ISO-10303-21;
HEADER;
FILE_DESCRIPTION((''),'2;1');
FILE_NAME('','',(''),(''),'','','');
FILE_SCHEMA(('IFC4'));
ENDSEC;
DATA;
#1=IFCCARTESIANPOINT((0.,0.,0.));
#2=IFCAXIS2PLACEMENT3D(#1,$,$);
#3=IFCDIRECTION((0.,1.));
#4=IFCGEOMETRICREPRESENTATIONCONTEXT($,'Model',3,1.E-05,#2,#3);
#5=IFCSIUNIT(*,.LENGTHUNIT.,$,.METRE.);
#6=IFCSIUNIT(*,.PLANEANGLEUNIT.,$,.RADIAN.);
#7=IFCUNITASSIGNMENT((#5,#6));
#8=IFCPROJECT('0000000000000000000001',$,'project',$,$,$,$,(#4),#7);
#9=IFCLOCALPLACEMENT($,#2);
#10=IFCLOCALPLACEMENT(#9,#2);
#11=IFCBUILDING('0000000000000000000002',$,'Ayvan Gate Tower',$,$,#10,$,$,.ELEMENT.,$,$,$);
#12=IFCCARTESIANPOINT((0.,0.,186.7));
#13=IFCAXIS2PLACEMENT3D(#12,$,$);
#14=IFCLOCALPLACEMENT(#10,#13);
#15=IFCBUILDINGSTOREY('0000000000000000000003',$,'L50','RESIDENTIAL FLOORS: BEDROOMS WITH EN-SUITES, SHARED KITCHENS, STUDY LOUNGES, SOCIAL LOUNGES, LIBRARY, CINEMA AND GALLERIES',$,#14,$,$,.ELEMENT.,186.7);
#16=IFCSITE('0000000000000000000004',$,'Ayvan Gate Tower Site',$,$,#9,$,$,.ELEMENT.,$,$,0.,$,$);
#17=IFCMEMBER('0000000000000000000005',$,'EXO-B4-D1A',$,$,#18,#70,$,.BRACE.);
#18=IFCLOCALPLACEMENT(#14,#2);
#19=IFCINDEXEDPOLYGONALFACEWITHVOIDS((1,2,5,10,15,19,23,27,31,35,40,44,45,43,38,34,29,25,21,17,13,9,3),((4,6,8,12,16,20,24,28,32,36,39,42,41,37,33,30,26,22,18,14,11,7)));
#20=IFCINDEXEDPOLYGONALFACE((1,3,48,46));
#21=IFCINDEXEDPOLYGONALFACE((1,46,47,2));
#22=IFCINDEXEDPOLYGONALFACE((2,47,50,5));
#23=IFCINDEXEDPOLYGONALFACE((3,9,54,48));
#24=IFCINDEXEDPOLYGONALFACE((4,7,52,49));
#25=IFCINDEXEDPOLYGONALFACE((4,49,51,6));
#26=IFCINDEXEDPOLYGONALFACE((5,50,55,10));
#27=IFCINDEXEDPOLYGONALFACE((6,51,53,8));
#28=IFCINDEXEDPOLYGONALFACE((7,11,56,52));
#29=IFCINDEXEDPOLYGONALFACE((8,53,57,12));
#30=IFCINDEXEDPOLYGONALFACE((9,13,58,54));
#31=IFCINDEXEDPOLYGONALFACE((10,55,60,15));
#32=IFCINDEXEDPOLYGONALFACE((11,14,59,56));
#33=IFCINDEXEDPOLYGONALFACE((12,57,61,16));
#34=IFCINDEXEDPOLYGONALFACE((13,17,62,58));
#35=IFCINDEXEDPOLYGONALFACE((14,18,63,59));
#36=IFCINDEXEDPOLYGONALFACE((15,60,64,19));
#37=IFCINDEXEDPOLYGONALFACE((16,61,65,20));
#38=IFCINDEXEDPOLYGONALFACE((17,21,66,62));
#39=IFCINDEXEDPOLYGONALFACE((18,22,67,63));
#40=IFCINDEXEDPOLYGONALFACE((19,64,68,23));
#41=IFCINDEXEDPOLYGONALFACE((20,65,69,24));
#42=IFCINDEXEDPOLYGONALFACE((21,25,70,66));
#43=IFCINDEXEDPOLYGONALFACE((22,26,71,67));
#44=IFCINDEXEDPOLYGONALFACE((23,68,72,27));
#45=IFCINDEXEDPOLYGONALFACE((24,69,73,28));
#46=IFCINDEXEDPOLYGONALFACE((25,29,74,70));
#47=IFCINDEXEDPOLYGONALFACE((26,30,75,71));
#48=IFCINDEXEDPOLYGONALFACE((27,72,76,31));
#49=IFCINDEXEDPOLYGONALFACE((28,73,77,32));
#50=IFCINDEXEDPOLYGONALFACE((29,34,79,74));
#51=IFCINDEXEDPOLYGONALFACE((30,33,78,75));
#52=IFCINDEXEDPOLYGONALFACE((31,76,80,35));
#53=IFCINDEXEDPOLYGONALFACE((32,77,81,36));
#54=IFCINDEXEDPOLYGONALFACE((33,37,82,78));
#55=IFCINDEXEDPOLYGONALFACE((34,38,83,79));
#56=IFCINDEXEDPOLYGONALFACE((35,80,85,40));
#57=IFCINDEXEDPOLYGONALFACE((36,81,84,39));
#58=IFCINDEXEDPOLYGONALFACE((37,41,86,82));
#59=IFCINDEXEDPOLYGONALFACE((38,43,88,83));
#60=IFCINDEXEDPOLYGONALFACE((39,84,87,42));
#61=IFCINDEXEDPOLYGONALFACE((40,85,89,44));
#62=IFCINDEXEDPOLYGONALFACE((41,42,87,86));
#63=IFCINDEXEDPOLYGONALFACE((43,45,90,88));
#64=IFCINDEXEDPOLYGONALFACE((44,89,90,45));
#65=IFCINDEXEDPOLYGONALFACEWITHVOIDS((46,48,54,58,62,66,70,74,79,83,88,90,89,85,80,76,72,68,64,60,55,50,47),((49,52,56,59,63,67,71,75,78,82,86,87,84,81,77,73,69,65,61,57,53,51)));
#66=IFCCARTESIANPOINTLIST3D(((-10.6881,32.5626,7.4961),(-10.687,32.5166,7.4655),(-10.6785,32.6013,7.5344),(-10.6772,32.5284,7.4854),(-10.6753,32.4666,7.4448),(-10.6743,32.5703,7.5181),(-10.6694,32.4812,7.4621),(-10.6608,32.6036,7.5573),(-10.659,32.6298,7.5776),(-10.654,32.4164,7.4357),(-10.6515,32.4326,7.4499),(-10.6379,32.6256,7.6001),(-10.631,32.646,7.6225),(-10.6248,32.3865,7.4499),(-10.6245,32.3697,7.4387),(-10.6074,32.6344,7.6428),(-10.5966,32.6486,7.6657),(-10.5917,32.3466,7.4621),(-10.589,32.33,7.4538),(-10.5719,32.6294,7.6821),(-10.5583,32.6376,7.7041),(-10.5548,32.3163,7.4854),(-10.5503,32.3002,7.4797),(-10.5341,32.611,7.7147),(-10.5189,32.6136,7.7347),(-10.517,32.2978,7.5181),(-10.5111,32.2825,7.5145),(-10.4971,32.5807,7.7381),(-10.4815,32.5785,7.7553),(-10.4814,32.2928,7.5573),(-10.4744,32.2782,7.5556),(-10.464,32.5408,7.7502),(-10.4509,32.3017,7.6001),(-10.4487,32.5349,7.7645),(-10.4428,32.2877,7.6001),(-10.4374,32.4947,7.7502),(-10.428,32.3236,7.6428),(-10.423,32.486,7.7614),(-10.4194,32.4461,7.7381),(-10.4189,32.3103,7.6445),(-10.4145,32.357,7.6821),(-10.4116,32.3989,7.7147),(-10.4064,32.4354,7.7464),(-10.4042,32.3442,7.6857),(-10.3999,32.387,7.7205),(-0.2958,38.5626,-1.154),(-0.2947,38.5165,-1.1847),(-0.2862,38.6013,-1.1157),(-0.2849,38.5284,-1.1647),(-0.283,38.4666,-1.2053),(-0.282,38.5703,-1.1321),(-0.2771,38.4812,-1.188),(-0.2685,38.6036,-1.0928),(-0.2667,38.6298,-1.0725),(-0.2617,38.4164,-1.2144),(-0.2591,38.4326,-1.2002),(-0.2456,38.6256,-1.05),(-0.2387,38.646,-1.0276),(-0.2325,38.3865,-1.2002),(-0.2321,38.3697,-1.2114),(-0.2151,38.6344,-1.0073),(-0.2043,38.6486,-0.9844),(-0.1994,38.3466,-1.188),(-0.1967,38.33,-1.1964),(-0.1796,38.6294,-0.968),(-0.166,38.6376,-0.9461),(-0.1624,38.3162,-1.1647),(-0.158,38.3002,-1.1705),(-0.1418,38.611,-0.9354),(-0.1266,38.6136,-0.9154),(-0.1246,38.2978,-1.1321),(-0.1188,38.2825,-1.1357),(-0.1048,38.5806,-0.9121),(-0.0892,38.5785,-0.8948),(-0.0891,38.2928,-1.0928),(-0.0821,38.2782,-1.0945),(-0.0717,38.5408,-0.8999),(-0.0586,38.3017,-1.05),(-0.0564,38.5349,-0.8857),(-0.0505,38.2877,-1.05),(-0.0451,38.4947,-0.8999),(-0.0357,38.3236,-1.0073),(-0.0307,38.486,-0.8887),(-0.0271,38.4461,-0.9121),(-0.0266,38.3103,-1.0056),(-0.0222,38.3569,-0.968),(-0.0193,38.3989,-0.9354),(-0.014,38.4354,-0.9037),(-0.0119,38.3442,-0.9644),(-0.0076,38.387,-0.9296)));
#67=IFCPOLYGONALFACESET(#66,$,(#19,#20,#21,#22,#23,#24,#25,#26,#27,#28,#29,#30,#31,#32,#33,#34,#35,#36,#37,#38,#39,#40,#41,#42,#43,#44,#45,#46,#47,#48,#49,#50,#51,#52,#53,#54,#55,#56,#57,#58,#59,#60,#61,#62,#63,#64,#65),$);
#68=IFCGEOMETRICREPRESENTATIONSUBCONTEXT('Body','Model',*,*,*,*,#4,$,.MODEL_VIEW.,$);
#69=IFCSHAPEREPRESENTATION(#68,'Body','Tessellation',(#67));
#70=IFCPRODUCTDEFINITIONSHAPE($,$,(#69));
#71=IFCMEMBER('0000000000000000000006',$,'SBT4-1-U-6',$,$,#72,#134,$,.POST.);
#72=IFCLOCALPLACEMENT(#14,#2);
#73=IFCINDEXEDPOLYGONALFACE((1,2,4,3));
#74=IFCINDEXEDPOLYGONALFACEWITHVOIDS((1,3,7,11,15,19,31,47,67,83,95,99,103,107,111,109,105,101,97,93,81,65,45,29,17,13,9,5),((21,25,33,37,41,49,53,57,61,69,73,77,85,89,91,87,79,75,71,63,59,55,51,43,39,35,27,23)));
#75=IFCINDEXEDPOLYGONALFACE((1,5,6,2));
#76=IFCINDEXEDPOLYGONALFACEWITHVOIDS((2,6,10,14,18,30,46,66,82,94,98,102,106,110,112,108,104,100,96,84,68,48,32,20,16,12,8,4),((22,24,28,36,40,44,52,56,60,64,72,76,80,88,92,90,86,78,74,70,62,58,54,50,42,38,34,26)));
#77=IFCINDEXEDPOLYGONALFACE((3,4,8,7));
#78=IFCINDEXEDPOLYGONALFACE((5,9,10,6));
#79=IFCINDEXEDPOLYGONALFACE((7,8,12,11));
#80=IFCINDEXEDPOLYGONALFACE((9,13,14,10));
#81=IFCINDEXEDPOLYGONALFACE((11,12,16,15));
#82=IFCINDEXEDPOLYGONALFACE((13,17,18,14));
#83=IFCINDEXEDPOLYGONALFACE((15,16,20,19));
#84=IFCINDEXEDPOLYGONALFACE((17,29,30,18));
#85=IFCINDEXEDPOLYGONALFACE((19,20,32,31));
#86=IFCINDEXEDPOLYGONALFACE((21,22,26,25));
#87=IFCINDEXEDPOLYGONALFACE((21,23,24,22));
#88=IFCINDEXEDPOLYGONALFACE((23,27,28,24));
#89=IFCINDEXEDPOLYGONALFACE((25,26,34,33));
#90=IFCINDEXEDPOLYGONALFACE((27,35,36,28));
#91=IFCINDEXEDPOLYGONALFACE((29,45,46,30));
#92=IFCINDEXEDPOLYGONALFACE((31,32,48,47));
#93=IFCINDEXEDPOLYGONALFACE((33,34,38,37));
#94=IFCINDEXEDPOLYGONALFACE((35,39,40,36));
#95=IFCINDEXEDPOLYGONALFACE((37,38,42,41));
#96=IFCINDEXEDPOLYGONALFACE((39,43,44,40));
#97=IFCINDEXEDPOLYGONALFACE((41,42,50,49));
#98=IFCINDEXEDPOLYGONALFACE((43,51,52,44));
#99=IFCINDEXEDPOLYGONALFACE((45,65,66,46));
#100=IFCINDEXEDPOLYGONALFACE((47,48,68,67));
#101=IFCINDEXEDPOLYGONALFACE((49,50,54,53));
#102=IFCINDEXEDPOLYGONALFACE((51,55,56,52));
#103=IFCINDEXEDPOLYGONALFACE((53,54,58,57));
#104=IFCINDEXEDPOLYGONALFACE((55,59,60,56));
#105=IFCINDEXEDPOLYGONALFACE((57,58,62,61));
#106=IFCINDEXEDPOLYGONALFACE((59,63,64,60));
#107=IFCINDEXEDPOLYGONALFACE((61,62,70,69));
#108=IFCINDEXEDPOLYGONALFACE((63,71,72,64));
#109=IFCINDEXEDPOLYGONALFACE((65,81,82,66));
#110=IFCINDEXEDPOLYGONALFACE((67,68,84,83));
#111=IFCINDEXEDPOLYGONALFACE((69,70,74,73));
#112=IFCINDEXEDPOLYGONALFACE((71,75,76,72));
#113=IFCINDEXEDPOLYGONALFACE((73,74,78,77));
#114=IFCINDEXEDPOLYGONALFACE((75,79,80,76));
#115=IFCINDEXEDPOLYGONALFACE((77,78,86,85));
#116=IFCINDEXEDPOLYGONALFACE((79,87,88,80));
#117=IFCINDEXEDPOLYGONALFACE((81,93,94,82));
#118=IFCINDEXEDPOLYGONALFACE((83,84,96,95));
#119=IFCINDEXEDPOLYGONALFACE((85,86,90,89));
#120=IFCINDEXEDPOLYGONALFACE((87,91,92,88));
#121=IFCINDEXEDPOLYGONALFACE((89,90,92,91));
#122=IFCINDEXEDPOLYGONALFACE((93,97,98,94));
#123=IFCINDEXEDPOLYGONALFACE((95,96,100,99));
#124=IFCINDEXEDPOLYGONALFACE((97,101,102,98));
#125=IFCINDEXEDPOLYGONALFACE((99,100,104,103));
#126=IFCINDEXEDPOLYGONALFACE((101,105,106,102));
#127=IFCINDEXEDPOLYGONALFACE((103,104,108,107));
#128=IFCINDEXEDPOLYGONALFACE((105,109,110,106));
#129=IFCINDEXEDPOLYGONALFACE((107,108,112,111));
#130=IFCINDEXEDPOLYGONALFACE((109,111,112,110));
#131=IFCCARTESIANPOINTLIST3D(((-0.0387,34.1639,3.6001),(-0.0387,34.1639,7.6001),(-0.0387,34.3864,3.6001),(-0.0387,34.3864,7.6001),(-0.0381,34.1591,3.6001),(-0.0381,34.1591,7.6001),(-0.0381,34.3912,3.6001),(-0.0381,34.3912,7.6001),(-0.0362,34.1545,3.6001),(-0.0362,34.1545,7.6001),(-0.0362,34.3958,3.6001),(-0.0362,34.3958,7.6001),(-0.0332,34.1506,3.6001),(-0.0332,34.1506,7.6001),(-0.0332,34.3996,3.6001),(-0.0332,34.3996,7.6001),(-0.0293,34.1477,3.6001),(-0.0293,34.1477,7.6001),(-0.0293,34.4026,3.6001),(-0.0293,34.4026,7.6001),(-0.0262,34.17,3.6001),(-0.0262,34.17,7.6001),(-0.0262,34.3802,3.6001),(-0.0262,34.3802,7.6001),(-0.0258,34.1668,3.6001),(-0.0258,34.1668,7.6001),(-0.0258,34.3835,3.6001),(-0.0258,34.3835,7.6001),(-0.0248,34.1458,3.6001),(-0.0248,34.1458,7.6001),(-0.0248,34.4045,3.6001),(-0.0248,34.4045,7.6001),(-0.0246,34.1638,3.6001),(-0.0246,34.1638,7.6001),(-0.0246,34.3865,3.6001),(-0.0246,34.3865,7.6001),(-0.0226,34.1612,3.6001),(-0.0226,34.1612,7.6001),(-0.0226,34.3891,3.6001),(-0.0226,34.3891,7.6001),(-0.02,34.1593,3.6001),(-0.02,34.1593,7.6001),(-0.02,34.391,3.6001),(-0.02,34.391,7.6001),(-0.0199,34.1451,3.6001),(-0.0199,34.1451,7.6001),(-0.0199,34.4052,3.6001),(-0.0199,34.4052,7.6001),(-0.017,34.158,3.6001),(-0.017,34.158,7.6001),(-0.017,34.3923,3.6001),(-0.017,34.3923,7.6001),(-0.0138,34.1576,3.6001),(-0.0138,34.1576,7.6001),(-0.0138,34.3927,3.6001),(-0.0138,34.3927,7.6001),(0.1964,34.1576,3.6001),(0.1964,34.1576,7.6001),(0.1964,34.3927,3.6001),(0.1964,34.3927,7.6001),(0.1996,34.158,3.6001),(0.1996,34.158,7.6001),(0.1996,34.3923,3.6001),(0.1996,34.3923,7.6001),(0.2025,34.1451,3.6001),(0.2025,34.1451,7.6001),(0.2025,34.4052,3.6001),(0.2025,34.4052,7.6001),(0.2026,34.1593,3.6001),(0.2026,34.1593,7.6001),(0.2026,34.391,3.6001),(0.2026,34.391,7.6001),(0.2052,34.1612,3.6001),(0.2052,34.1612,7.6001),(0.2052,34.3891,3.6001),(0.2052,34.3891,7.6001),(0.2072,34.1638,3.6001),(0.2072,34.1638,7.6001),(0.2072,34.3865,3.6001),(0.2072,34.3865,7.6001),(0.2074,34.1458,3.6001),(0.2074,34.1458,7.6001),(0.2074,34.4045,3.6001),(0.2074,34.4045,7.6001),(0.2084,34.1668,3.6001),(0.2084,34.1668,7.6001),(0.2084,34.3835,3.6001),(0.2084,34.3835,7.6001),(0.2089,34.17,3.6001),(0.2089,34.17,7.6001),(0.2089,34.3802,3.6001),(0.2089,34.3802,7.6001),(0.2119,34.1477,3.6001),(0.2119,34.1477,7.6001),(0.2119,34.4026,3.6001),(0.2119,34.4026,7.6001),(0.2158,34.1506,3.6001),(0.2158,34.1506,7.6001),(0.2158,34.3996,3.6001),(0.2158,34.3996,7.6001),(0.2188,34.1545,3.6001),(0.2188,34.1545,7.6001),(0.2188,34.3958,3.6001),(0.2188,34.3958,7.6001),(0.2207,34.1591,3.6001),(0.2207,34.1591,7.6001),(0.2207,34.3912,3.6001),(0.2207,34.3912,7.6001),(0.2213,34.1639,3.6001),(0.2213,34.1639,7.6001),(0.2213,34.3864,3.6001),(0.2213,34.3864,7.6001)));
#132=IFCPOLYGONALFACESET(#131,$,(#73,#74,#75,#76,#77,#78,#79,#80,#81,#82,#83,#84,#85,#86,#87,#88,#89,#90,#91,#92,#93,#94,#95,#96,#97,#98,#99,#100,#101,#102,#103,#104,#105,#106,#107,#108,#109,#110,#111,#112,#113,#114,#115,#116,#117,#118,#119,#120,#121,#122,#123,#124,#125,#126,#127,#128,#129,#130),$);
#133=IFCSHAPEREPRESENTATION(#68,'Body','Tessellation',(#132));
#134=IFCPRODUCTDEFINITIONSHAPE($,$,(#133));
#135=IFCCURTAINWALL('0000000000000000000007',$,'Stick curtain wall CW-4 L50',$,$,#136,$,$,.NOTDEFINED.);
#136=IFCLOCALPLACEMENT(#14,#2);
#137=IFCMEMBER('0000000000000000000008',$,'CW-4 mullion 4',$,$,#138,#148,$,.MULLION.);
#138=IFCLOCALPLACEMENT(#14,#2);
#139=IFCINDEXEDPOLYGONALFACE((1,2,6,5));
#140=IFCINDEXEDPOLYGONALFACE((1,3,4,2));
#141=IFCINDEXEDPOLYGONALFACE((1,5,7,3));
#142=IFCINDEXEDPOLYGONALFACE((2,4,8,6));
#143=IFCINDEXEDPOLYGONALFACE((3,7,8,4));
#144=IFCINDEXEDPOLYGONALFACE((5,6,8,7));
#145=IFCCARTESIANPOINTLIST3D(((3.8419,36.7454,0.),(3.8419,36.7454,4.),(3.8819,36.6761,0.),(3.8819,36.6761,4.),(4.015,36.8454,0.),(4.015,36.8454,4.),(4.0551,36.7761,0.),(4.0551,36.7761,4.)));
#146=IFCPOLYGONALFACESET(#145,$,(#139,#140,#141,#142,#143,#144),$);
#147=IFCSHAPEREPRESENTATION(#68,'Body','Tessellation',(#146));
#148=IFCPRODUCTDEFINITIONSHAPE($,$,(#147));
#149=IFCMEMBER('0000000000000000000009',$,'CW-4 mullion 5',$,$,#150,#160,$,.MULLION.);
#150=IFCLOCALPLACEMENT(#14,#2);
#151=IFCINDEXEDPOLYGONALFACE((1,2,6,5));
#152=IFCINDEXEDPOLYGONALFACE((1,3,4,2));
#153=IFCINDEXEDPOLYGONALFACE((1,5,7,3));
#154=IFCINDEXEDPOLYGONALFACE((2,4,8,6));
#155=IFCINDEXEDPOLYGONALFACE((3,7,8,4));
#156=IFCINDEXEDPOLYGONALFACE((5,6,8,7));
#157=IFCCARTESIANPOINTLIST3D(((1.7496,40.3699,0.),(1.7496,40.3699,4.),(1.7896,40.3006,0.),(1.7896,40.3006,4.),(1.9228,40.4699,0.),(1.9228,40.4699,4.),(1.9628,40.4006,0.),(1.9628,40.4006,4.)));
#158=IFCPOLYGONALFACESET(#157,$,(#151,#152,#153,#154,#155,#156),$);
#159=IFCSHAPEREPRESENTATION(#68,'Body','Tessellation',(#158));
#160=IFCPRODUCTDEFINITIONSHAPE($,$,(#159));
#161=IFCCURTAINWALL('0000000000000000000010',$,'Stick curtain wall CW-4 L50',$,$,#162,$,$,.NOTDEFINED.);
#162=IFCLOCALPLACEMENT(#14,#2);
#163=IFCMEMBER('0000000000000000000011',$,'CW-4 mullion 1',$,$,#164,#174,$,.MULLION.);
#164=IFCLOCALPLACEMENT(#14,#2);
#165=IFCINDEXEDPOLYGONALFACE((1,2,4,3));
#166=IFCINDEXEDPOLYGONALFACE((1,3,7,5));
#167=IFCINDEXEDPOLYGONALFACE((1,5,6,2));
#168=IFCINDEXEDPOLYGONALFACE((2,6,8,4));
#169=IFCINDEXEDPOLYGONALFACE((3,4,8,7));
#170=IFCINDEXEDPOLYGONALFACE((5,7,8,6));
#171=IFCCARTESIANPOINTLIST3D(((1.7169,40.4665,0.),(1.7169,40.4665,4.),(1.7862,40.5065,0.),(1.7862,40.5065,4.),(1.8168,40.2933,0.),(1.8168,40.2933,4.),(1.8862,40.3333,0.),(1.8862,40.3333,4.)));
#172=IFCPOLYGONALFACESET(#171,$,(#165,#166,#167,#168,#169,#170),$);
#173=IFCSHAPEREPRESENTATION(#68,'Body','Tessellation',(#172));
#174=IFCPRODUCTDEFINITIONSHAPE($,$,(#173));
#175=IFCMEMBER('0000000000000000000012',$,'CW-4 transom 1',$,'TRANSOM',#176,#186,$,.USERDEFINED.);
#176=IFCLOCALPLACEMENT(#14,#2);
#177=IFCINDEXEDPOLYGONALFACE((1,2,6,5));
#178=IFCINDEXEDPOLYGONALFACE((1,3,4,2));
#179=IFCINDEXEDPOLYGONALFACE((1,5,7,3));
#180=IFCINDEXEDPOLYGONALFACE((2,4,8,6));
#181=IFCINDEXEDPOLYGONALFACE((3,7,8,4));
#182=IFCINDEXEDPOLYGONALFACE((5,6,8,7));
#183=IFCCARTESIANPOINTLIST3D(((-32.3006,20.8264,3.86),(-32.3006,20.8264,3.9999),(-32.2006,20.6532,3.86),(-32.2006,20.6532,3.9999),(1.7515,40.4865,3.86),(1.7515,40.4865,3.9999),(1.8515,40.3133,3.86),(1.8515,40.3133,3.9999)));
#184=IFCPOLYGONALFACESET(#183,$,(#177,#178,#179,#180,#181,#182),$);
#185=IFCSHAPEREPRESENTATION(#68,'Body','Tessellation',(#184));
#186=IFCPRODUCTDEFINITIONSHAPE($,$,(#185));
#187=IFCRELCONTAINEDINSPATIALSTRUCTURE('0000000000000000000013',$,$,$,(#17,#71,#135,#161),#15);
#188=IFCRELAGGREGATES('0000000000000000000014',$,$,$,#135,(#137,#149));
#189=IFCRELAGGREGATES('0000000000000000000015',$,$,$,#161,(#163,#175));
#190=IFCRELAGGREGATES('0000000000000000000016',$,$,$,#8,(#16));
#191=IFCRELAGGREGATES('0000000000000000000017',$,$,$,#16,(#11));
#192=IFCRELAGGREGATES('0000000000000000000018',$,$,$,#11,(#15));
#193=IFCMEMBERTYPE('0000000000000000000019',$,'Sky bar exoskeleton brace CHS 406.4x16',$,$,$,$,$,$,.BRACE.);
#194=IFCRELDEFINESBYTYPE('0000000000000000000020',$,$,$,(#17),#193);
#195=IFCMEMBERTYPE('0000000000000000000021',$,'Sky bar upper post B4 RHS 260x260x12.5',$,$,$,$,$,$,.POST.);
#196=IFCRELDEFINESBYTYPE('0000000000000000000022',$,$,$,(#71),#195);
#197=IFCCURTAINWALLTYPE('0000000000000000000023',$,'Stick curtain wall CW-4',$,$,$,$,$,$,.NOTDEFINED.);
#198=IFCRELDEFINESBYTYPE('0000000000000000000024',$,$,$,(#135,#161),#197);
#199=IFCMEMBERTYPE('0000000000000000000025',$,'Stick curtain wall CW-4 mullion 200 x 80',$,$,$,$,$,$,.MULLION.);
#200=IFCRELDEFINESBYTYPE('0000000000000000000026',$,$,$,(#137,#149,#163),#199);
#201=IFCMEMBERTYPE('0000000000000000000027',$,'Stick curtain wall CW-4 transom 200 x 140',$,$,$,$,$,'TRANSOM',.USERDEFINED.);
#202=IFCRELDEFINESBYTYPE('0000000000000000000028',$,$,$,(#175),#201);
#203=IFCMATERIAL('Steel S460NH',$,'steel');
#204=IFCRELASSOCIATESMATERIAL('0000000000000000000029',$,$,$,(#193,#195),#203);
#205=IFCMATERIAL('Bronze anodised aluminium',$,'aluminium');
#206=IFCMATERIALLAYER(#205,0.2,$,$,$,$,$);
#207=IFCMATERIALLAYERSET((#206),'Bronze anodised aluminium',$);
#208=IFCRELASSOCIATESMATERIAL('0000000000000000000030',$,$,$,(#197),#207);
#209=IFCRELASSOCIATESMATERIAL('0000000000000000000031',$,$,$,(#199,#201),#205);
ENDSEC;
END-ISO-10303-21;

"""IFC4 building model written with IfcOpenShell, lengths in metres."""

from ifc_helpers import new_model, si_unit, direction, frame, origin, origin_2d, place, context, subcontext, project, spatial, rectangle, hollow_rectangle, hollow_circle, extrude, material, layer, layer_set, material_profile, profile_set, type_object, element, aggregate, save


model = new_model("IFC4")

# Units and contexts
model_context = context("Model", 3, precision=1e-05, world=origin(), true_north=direction((0.0, 1.0)))
body_context = subcontext(model_context, "Body", "Model", "MODEL_VIEW")
ifc_project = project(units=[si_unit("LENGTHUNIT", "METRE"), si_unit("PLANEANGLEUNIT", "RADIAN")], contexts=[model_context])

# Site, building, storey
site_placement = place(None, origin())
site = spatial("IfcSite", under=ifc_project, at=site_placement, Name="Ayvan Gate Tower Site", CompositionType="ELEMENT", RefElevation=0.0)
building_placement = place(site_placement, origin())
building = spatial("IfcBuilding", under=site, at=building_placement, Name="Ayvan Gate Tower", CompositionType="ELEMENT")
storey_placement = place(building_placement, frame((0.0, 0.0, 186.7)))
storey = spatial("IfcBuildingStorey", under=building, at=storey_placement, Name="L50", Description="RESIDENTIAL FLOORS: BEDROOMS WITH EN-SUITES, SHARED KITCHENS, STUDY LOUNGES, SOCIAL LOUNGES, LIBRARY, CINEMA AND GALLERIES", CompositionType="ELEMENT", Elevation=186.7)

# Shared definitions
ifc_material_1 = material(Name="Steel S460NH", Category="steel")

# Members
ifc_material_profile_1 = material_profile(ifc_material_1, hollow_circle(Radius=0.2031, WallThickness=0.0161, at=origin_2d()), Name="CHS 406.4x16")
ifc_profile_set_1 = profile_set([ifc_material_profile_1], Name="Steel S460NH")
member_type_1 = type_object("IfcMemberType", Name="Sky bar exoskeleton brace CHS 406.4x16", PredefinedType="BRACE", material=ifc_profile_set_1)
member_1_placement = place(storey_placement, frame((-0.1521, 38.4636, -1.05), z_axis=(-0.702529, -0.405604, 0.584756), x_axis=(0.499999, -0.866026, 0.0)))
element("IfcMember", 1, at=member_1_placement, inside=storey, type_object=member_type_1, Name="EXO-B4-D1A", PredefinedType="BRACE", context=body_context, shape_type="SweptSolid", body=[
    extrude(hollow_circle(Radius=0.2031, WallThickness=0.0161, at=origin_2d()), origin(), (0.0, 0.0, 1.0), 14.7927),
])
ifc_material_profile_2 = material_profile(ifc_material_1, hollow_rectangle(XDim=0.26, YDim=0.26, WallThickness=0.0125, InnerFilletRadius=0.0125, OuterFilletRadius=0.0188, at=origin_2d()), Name="RHS 260x260x12.5")
ifc_profile_set_2 = profile_set([ifc_material_profile_2], Name="Steel S460NH")
member_type_2 = type_object("IfcMemberType", Name="Sky bar upper post B4 RHS 260x260x12.5", PredefinedType="POST", material=ifc_profile_set_2)
member_2_placement = place(storey_placement, frame((0.0913, 34.2751, 3.6001), z_axis=(0.0, 0.0, 1.0), x_axis=(1.0, 0.0, 0.0)))
element("IfcMember", 2, at=member_2_placement, inside=storey, type_object=member_type_2, Name="SBT4-1-U-6", PredefinedType="POST", context=body_context, shape_type="SweptSolid", body=[
    extrude(hollow_rectangle(XDim=0.26, YDim=0.26, WallThickness=0.0125, InnerFilletRadius=0.0125, OuterFilletRadius=0.0188, at=origin_2d()), origin(), (0.0, 0.0, 1.0), 4.0),
])

# Curtain walls, members
ifc_material_2 = material(Name="Bronze anodised aluminium", Category="aluminium")
ifc_layer_1 = layer(ifc_material_2, 0.2)
ifc_layer_set_1 = layer_set([ifc_layer_1], Name="Bronze anodised aluminium")
curtain_wall_type = type_object("IfcCurtainWallType", Name="Stick curtain wall CW-4", PredefinedType="NOTDEFINED", material=ifc_layer_set_1)
curtain_wall_1_placement = place(storey_placement, origin())
curtain_wall_1 = element("IfcCurtainWall", 3, at=curtain_wall_1_placement, inside=storey, type_object=curtain_wall_type, Name="Stick curtain wall CW-4 L50", PredefinedType="NOTDEFINED")
ifc_material_profile_3 = material_profile(ifc_material_2, rectangle(XDim=0.2, YDim=0.0801, at=origin_2d()), Name="Stick curtain wall CW-4 mullion 200 x 80")
ifc_profile_set_3 = profile_set([ifc_material_profile_3], Name="Bronze anodised aluminium")
member_type_3 = type_object("IfcMemberType", Name="Stick curtain wall CW-4 mullion 200 x 80", PredefinedType="MULLION", material=ifc_profile_set_3)
member_3_placement = place(storey_placement, frame((3.9485, 36.7607, 0.0), z_axis=(0.0, 0.0, 1.0), x_axis=(0.866025, 0.5, 0.0)))
member_3 = element("IfcMember", 4, at=member_3_placement, type_object=member_type_3, Name="CW-4 mullion 4", PredefinedType="MULLION", context=body_context, shape_type="SweptSolid", body=[
    extrude(rectangle(XDim=0.2, YDim=0.0801, at=origin_2d()), origin(), (0.0, 0.0, 1.0), 4.0),
])
member_4_placement = place(storey_placement, frame((1.8562, 40.3853, 0.0), z_axis=(0.0, 0.0, 1.0), x_axis=(0.866025, 0.5, 0.0)))
member_4 = element("IfcMember", 5, at=member_4_placement, type_object=member_type_3, Name="CW-4 mullion 5", PredefinedType="MULLION", context=body_context, shape_type="SweptSolid", body=[
    extrude(rectangle(XDim=0.2, YDim=0.0801, at=origin_2d()), origin(), (0.0, 0.0, 1.0), 4.0),
])
curtain_wall_2_placement = place(storey_placement, origin())
curtain_wall_2 = element("IfcCurtainWall", 6, at=curtain_wall_2_placement, inside=storey, type_object=curtain_wall_type, Name="Stick curtain wall CW-4 L50", PredefinedType="NOTDEFINED")
member_5_placement = place(storey_placement, frame((1.8015, 40.3999, 0.0), z_axis=(0.0, 0.0, 1.0), x_axis=(-0.5, 0.866025, 0.0)))
member_5 = element("IfcMember", 7, at=member_5_placement, type_object=member_type_3, Name="CW-4 mullion 1", PredefinedType="MULLION", context=body_context, shape_type="SweptSolid", body=[
    extrude(rectangle(XDim=0.2, YDim=0.0801, at=origin_2d()), origin(), (0.0, 0.0, 1.0), 4.0),
])
ifc_material_profile_4 = material_profile(ifc_material_2, rectangle(XDim=0.2, YDim=0.1399, at=origin_2d()), Name="Stick curtain wall CW-4 transom 200 x 140")
ifc_profile_set_4 = profile_set([ifc_material_profile_4], Name="Bronze anodised aluminium")
member_type_4 = type_object("IfcMemberType", Name="Stick curtain wall CW-4 transom 200 x 140", ElementType="TRANSOM", PredefinedType="USERDEFINED", material=ifc_profile_set_4)
member_6_placement = place(storey_placement, frame((1.8015, 40.3999, 3.9299), z_axis=(-0.866024, -0.500002, 0.0), x_axis=(0.500002, -0.866024, 0.0)))
member_6 = element("IfcMember", 8, at=member_6_placement, type_object=member_type_4, Name="CW-4 transom 1", ObjectType="TRANSOM", PredefinedType="USERDEFINED", context=body_context, shape_type="SweptSolid", body=[
    extrude(rectangle(XDim=0.2, YDim=0.1399, at=origin_2d()), origin(), (0.0, 0.0, 1.0), 39.3201),
])

aggregate(curtain_wall_1, [member_3, member_4])
aggregate(curtain_wall_2, [member_5, member_6])

save(model, "model.ifc")
